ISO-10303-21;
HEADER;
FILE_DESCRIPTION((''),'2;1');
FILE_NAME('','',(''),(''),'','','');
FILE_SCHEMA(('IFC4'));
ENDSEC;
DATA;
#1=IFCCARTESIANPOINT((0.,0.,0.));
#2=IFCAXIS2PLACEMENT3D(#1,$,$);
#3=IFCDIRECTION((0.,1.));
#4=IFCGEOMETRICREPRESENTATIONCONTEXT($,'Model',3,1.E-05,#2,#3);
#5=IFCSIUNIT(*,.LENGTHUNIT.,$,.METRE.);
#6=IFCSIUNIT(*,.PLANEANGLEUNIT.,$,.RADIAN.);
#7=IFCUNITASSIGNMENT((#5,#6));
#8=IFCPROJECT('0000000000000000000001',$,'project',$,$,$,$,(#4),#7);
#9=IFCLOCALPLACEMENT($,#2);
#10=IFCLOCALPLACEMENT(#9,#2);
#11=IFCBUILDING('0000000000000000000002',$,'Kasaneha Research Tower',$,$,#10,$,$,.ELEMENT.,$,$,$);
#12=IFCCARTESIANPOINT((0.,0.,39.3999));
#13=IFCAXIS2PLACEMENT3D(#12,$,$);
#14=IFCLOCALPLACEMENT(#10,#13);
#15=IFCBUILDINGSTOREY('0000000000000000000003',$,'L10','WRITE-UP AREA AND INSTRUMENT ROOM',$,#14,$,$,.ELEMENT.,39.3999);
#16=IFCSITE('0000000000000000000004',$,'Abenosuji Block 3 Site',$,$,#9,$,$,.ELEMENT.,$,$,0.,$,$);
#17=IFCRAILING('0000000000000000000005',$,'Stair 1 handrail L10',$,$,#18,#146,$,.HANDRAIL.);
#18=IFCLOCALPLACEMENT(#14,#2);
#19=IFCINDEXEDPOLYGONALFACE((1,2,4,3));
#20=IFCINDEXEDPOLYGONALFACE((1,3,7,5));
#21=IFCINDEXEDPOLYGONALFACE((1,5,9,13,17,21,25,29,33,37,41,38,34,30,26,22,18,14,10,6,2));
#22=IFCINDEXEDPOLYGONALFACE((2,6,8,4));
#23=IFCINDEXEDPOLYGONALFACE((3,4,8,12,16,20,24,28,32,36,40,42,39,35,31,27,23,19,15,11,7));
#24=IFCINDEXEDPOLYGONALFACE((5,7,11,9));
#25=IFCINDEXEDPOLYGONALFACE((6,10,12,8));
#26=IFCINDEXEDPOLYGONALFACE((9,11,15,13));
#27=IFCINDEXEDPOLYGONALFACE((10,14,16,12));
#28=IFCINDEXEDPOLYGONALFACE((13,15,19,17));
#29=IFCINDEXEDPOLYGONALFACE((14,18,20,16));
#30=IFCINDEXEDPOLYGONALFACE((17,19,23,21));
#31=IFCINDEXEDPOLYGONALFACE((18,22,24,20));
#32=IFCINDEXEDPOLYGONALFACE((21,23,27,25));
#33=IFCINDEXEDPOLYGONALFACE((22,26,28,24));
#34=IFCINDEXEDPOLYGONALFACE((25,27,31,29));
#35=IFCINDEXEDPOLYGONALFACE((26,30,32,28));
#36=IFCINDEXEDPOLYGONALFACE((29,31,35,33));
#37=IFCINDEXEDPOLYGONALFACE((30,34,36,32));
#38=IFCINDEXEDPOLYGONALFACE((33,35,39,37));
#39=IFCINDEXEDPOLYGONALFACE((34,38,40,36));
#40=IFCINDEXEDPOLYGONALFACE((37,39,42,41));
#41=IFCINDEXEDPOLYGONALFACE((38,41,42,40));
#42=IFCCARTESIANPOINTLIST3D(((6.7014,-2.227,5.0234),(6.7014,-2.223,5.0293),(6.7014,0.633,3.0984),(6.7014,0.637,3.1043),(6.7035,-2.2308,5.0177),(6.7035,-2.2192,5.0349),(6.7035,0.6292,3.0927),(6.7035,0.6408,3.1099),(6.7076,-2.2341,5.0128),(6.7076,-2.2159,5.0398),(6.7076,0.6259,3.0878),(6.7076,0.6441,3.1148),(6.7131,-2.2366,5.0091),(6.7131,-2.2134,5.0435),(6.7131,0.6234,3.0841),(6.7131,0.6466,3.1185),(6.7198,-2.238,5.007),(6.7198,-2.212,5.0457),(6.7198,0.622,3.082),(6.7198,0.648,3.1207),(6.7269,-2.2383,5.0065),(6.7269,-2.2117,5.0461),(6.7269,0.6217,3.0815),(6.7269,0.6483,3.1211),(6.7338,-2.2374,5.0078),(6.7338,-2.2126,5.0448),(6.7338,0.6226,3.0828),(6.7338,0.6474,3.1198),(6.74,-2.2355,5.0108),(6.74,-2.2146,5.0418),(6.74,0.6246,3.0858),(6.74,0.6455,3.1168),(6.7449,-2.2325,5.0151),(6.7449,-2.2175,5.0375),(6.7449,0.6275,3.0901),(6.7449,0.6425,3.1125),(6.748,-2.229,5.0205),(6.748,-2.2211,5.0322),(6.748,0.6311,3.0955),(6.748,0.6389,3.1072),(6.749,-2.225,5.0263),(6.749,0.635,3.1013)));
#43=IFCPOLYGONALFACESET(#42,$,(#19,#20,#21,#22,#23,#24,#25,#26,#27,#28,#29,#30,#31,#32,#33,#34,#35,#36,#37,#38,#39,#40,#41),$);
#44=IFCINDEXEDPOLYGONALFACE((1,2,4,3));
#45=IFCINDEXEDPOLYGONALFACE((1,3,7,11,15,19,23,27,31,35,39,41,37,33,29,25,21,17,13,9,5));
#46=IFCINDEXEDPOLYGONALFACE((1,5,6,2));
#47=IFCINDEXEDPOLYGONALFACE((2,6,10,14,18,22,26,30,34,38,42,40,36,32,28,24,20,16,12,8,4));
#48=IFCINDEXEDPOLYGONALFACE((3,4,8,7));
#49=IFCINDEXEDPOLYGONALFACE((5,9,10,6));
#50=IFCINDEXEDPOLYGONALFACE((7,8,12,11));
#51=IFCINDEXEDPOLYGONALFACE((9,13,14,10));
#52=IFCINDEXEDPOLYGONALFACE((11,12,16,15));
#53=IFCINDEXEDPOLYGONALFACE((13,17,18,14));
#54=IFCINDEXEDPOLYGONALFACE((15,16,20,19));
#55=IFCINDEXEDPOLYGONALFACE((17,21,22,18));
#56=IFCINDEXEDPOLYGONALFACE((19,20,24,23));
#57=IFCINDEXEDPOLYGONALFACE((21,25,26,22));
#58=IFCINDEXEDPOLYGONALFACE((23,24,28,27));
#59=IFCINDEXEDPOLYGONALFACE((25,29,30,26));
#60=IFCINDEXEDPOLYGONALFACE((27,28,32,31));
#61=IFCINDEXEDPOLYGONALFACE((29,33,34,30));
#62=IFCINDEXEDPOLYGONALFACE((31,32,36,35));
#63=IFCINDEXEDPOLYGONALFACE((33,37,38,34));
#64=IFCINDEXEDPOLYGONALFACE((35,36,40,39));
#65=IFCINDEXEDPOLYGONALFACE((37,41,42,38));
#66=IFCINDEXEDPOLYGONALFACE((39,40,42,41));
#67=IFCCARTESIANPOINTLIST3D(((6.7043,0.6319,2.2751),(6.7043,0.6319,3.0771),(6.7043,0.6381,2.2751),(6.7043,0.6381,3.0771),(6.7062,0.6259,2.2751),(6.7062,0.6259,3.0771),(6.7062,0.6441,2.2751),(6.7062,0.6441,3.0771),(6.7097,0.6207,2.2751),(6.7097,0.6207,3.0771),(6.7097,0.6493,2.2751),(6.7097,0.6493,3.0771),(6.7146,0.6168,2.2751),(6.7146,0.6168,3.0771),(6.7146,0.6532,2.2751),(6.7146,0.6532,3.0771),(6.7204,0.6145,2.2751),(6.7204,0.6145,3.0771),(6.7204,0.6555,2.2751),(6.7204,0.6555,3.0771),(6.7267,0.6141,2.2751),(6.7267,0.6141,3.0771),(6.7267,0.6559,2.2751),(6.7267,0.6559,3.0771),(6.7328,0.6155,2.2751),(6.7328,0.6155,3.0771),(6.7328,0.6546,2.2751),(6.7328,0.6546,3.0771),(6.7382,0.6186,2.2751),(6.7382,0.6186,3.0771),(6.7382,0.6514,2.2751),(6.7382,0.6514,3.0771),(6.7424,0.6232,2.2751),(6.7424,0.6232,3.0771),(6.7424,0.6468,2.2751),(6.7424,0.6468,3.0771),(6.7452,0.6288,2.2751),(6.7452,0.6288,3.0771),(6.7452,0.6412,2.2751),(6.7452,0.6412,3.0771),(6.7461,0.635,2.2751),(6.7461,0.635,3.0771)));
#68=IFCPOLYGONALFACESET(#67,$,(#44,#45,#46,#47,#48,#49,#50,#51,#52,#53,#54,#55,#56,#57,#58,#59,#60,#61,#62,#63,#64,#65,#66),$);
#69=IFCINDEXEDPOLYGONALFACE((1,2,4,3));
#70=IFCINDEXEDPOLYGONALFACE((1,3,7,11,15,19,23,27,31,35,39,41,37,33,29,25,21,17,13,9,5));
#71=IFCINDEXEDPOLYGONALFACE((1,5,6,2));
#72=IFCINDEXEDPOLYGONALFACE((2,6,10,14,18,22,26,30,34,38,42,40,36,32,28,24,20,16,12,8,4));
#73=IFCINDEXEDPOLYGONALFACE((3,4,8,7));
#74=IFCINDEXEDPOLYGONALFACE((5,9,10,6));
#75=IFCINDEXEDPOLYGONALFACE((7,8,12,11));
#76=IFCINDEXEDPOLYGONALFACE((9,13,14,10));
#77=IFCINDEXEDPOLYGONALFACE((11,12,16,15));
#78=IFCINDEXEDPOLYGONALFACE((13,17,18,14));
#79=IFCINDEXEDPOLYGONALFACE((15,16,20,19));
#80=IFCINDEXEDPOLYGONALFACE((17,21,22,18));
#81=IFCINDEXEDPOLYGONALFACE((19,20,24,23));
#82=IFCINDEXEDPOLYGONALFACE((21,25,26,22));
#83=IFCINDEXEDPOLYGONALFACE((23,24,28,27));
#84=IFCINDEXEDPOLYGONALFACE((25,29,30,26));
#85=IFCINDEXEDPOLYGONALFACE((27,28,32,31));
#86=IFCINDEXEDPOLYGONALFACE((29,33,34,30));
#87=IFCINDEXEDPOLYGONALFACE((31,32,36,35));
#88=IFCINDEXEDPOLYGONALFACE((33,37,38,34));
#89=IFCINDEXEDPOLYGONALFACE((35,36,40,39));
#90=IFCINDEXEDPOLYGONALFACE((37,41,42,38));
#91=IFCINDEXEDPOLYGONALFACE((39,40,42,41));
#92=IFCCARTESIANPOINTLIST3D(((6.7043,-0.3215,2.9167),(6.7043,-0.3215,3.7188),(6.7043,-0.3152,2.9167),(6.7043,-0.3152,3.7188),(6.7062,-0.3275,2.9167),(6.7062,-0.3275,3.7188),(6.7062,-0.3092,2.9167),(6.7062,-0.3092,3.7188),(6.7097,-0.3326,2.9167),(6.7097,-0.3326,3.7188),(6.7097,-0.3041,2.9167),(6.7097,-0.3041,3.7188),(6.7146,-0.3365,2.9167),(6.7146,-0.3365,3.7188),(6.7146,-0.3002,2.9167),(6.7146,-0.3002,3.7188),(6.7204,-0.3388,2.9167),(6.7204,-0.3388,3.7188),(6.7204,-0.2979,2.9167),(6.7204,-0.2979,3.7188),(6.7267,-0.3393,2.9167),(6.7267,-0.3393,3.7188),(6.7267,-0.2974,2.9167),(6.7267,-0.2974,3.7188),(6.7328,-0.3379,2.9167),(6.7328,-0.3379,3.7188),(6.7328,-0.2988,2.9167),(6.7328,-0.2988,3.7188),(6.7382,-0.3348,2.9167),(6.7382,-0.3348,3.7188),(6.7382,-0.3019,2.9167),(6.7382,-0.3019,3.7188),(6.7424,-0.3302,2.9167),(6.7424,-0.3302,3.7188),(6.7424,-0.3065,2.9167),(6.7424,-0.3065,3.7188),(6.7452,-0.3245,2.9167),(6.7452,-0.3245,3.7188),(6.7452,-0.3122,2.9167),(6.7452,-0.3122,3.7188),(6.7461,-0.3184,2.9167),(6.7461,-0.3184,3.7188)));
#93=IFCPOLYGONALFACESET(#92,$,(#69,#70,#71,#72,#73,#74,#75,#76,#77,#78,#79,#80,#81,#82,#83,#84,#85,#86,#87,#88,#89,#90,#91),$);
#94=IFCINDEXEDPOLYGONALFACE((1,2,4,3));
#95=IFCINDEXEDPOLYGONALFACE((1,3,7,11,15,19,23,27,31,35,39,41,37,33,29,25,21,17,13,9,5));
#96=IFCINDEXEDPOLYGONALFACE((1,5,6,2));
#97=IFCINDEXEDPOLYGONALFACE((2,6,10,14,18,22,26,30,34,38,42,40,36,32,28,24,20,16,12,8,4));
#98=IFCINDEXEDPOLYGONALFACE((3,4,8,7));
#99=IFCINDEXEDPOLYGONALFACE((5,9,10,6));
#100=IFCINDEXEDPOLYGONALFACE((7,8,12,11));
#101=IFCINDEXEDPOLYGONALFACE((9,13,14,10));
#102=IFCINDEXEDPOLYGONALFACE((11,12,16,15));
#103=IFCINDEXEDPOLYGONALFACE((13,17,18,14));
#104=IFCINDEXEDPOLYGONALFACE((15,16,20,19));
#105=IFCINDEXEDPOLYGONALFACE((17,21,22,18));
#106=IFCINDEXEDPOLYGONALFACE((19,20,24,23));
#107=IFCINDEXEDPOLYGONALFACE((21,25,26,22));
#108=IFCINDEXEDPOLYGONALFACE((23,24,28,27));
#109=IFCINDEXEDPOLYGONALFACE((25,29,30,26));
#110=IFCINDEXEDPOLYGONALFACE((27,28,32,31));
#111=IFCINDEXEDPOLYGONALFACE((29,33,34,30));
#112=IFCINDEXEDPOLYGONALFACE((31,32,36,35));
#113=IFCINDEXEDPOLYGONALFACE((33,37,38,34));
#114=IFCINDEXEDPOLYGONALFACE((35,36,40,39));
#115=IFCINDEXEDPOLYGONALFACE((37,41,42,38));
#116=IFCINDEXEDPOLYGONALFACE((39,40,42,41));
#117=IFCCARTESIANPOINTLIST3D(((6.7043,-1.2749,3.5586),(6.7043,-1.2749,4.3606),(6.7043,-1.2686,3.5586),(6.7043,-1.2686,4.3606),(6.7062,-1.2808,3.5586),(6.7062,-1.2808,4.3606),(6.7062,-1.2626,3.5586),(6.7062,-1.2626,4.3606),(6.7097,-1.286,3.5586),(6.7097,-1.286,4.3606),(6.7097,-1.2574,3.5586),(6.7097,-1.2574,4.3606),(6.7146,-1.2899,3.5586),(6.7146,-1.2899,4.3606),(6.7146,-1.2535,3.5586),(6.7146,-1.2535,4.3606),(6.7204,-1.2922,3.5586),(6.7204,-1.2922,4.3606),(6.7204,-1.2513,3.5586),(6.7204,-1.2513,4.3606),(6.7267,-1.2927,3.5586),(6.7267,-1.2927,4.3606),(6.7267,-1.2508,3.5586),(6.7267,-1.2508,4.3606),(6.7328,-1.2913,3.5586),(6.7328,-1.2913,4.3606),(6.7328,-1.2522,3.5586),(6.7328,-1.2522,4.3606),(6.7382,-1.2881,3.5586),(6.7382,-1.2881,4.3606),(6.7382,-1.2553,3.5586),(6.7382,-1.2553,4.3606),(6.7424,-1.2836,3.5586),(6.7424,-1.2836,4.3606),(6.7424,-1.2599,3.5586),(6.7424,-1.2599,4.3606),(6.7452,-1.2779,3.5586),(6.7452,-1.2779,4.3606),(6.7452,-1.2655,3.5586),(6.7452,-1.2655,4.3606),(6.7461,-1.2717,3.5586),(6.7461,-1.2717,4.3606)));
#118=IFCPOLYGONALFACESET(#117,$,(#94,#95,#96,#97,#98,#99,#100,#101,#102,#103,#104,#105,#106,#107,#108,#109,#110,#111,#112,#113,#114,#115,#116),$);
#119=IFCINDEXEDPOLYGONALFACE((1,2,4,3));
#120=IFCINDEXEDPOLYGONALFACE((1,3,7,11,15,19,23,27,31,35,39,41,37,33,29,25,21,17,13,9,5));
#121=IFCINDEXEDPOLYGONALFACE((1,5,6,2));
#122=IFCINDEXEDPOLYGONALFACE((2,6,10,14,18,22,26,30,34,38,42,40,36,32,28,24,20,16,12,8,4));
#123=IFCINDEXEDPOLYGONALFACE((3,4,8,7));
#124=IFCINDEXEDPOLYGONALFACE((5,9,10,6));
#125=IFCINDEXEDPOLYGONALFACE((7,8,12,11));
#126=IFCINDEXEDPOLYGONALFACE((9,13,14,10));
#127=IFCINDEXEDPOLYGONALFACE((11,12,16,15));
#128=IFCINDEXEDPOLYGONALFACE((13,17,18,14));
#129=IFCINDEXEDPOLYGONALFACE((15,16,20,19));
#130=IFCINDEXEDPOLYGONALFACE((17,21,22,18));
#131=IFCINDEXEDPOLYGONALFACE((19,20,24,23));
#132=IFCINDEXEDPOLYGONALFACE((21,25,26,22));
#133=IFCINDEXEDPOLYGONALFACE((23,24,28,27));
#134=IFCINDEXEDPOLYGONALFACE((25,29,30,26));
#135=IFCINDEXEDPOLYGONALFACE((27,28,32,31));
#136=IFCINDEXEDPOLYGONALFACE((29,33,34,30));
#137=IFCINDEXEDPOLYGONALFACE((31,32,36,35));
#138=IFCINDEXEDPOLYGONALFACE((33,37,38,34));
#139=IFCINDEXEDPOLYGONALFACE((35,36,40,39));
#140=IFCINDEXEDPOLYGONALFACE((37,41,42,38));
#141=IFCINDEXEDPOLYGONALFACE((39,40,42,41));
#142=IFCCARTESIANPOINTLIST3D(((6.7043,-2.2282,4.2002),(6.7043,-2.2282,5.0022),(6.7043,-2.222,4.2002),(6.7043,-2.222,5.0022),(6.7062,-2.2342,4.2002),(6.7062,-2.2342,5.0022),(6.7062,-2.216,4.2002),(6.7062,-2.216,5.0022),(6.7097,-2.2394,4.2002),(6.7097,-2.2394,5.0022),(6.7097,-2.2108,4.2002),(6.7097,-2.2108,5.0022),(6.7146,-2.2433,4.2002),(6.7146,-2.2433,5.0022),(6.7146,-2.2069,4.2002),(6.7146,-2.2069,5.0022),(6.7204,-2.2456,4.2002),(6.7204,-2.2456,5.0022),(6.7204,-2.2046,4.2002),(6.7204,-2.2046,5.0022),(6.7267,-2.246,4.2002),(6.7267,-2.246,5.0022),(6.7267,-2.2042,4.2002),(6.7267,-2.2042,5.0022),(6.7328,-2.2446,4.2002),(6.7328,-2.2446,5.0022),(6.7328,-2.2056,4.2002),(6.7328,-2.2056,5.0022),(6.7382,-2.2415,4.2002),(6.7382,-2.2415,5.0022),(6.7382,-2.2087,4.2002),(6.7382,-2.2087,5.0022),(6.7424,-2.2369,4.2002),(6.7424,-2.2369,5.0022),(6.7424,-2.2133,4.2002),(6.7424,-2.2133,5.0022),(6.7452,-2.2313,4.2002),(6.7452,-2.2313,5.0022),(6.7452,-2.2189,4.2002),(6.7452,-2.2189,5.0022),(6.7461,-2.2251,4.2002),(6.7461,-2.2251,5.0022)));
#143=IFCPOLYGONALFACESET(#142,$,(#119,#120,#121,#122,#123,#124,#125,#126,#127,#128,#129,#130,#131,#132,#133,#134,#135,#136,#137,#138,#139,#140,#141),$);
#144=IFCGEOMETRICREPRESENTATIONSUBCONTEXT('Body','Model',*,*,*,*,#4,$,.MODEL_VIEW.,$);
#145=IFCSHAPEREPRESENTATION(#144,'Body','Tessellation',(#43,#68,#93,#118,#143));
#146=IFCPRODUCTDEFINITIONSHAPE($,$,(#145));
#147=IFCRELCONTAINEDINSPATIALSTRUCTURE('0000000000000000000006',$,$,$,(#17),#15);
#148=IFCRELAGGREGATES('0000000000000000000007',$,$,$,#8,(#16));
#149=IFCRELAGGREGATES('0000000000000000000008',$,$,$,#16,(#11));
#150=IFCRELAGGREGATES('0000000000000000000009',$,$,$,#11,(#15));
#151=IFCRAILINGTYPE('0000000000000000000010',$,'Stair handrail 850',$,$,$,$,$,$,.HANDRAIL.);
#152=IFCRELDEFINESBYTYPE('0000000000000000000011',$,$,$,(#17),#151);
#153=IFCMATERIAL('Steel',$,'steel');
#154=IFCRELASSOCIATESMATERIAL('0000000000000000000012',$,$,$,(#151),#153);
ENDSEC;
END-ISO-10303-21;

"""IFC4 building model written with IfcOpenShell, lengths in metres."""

from ifc_helpers import new_model, si_unit, direction, frame, origin, origin_2d, place, context, subcontext, project, spatial, circle, extrude, material, type_object, element, save


model = new_model("IFC4")

# Units and contexts
model_context = context("Model", 3, precision=1e-05, world=origin(), true_north=direction((0.0, 1.0)))
body_context = subcontext(model_context, "Body", "Model", "MODEL_VIEW")
ifc_project = project(units=[si_unit("LENGTHUNIT", "METRE"), si_unit("PLANEANGLEUNIT", "RADIAN")], contexts=[model_context])

# Site, building, storey
site_placement = place(None, origin())
site = spatial("IfcSite", under=ifc_project, at=site_placement, Name="Abenosuji Block 3 Site", CompositionType="ELEMENT", RefElevation=0.0)
building_placement = place(site_placement, origin())
building = spatial("IfcBuilding", under=site, at=building_placement, Name="Kasaneha Research Tower", CompositionType="ELEMENT")
storey_placement = place(building_placement, frame((0.0, 0.0, 39.3999)))
storey = spatial("IfcBuildingStorey", under=building, at=storey_placement, Name="L10", Description="WRITE-UP AREA AND INSTRUMENT ROOM", CompositionType="ELEMENT", Elevation=39.3999)

# Railing
ifc_material_1 = material(Name="Steel", Category="steel")
railing_type_1 = type_object("IfcRailingType", Name="Stair handrail 850", PredefinedType="HANDRAIL", material=ifc_material_1)
railing_1_placement = place(storey_placement, frame((6.7251, 0.635, 2.2751)))
element("IfcRailing", 1, at=railing_1_placement, inside=storey, type_object=railing_type_1, Name="Stair 1 handrail L10", PredefinedType="HANDRAIL", context=body_context, shape_type="SweptSolid", body=[
    extrude(circle(Radius=0.0239, at=origin_2d()), frame((0.0, 0.0, 0.8262), z_axis=(0.0, -0.829591, 0.558372), x_axis=(1.0, 0.0, 0.0)), (0.0, 0.0, 1.0), 3.4475),
    extrude(circle(Radius=0.021, at=origin_2d()), origin(), (0.0, 0.0, 1.0), 0.802),
    extrude(circle(Radius=0.021, at=origin_2d()), frame((0.0, -0.9534, 0.6416)), (0.0, 0.0, 1.0), 0.802),
    extrude(circle(Radius=0.021, at=origin_2d()), frame((0.0, -1.9067, 1.2834)), (0.0, 0.0, 1.0), 0.802),
    extrude(circle(Radius=0.021, at=origin_2d()), frame((0.0, -2.8601, 1.925)), (0.0, 0.0, 1.0), 0.802),
])

save(model, "model.ifc")
